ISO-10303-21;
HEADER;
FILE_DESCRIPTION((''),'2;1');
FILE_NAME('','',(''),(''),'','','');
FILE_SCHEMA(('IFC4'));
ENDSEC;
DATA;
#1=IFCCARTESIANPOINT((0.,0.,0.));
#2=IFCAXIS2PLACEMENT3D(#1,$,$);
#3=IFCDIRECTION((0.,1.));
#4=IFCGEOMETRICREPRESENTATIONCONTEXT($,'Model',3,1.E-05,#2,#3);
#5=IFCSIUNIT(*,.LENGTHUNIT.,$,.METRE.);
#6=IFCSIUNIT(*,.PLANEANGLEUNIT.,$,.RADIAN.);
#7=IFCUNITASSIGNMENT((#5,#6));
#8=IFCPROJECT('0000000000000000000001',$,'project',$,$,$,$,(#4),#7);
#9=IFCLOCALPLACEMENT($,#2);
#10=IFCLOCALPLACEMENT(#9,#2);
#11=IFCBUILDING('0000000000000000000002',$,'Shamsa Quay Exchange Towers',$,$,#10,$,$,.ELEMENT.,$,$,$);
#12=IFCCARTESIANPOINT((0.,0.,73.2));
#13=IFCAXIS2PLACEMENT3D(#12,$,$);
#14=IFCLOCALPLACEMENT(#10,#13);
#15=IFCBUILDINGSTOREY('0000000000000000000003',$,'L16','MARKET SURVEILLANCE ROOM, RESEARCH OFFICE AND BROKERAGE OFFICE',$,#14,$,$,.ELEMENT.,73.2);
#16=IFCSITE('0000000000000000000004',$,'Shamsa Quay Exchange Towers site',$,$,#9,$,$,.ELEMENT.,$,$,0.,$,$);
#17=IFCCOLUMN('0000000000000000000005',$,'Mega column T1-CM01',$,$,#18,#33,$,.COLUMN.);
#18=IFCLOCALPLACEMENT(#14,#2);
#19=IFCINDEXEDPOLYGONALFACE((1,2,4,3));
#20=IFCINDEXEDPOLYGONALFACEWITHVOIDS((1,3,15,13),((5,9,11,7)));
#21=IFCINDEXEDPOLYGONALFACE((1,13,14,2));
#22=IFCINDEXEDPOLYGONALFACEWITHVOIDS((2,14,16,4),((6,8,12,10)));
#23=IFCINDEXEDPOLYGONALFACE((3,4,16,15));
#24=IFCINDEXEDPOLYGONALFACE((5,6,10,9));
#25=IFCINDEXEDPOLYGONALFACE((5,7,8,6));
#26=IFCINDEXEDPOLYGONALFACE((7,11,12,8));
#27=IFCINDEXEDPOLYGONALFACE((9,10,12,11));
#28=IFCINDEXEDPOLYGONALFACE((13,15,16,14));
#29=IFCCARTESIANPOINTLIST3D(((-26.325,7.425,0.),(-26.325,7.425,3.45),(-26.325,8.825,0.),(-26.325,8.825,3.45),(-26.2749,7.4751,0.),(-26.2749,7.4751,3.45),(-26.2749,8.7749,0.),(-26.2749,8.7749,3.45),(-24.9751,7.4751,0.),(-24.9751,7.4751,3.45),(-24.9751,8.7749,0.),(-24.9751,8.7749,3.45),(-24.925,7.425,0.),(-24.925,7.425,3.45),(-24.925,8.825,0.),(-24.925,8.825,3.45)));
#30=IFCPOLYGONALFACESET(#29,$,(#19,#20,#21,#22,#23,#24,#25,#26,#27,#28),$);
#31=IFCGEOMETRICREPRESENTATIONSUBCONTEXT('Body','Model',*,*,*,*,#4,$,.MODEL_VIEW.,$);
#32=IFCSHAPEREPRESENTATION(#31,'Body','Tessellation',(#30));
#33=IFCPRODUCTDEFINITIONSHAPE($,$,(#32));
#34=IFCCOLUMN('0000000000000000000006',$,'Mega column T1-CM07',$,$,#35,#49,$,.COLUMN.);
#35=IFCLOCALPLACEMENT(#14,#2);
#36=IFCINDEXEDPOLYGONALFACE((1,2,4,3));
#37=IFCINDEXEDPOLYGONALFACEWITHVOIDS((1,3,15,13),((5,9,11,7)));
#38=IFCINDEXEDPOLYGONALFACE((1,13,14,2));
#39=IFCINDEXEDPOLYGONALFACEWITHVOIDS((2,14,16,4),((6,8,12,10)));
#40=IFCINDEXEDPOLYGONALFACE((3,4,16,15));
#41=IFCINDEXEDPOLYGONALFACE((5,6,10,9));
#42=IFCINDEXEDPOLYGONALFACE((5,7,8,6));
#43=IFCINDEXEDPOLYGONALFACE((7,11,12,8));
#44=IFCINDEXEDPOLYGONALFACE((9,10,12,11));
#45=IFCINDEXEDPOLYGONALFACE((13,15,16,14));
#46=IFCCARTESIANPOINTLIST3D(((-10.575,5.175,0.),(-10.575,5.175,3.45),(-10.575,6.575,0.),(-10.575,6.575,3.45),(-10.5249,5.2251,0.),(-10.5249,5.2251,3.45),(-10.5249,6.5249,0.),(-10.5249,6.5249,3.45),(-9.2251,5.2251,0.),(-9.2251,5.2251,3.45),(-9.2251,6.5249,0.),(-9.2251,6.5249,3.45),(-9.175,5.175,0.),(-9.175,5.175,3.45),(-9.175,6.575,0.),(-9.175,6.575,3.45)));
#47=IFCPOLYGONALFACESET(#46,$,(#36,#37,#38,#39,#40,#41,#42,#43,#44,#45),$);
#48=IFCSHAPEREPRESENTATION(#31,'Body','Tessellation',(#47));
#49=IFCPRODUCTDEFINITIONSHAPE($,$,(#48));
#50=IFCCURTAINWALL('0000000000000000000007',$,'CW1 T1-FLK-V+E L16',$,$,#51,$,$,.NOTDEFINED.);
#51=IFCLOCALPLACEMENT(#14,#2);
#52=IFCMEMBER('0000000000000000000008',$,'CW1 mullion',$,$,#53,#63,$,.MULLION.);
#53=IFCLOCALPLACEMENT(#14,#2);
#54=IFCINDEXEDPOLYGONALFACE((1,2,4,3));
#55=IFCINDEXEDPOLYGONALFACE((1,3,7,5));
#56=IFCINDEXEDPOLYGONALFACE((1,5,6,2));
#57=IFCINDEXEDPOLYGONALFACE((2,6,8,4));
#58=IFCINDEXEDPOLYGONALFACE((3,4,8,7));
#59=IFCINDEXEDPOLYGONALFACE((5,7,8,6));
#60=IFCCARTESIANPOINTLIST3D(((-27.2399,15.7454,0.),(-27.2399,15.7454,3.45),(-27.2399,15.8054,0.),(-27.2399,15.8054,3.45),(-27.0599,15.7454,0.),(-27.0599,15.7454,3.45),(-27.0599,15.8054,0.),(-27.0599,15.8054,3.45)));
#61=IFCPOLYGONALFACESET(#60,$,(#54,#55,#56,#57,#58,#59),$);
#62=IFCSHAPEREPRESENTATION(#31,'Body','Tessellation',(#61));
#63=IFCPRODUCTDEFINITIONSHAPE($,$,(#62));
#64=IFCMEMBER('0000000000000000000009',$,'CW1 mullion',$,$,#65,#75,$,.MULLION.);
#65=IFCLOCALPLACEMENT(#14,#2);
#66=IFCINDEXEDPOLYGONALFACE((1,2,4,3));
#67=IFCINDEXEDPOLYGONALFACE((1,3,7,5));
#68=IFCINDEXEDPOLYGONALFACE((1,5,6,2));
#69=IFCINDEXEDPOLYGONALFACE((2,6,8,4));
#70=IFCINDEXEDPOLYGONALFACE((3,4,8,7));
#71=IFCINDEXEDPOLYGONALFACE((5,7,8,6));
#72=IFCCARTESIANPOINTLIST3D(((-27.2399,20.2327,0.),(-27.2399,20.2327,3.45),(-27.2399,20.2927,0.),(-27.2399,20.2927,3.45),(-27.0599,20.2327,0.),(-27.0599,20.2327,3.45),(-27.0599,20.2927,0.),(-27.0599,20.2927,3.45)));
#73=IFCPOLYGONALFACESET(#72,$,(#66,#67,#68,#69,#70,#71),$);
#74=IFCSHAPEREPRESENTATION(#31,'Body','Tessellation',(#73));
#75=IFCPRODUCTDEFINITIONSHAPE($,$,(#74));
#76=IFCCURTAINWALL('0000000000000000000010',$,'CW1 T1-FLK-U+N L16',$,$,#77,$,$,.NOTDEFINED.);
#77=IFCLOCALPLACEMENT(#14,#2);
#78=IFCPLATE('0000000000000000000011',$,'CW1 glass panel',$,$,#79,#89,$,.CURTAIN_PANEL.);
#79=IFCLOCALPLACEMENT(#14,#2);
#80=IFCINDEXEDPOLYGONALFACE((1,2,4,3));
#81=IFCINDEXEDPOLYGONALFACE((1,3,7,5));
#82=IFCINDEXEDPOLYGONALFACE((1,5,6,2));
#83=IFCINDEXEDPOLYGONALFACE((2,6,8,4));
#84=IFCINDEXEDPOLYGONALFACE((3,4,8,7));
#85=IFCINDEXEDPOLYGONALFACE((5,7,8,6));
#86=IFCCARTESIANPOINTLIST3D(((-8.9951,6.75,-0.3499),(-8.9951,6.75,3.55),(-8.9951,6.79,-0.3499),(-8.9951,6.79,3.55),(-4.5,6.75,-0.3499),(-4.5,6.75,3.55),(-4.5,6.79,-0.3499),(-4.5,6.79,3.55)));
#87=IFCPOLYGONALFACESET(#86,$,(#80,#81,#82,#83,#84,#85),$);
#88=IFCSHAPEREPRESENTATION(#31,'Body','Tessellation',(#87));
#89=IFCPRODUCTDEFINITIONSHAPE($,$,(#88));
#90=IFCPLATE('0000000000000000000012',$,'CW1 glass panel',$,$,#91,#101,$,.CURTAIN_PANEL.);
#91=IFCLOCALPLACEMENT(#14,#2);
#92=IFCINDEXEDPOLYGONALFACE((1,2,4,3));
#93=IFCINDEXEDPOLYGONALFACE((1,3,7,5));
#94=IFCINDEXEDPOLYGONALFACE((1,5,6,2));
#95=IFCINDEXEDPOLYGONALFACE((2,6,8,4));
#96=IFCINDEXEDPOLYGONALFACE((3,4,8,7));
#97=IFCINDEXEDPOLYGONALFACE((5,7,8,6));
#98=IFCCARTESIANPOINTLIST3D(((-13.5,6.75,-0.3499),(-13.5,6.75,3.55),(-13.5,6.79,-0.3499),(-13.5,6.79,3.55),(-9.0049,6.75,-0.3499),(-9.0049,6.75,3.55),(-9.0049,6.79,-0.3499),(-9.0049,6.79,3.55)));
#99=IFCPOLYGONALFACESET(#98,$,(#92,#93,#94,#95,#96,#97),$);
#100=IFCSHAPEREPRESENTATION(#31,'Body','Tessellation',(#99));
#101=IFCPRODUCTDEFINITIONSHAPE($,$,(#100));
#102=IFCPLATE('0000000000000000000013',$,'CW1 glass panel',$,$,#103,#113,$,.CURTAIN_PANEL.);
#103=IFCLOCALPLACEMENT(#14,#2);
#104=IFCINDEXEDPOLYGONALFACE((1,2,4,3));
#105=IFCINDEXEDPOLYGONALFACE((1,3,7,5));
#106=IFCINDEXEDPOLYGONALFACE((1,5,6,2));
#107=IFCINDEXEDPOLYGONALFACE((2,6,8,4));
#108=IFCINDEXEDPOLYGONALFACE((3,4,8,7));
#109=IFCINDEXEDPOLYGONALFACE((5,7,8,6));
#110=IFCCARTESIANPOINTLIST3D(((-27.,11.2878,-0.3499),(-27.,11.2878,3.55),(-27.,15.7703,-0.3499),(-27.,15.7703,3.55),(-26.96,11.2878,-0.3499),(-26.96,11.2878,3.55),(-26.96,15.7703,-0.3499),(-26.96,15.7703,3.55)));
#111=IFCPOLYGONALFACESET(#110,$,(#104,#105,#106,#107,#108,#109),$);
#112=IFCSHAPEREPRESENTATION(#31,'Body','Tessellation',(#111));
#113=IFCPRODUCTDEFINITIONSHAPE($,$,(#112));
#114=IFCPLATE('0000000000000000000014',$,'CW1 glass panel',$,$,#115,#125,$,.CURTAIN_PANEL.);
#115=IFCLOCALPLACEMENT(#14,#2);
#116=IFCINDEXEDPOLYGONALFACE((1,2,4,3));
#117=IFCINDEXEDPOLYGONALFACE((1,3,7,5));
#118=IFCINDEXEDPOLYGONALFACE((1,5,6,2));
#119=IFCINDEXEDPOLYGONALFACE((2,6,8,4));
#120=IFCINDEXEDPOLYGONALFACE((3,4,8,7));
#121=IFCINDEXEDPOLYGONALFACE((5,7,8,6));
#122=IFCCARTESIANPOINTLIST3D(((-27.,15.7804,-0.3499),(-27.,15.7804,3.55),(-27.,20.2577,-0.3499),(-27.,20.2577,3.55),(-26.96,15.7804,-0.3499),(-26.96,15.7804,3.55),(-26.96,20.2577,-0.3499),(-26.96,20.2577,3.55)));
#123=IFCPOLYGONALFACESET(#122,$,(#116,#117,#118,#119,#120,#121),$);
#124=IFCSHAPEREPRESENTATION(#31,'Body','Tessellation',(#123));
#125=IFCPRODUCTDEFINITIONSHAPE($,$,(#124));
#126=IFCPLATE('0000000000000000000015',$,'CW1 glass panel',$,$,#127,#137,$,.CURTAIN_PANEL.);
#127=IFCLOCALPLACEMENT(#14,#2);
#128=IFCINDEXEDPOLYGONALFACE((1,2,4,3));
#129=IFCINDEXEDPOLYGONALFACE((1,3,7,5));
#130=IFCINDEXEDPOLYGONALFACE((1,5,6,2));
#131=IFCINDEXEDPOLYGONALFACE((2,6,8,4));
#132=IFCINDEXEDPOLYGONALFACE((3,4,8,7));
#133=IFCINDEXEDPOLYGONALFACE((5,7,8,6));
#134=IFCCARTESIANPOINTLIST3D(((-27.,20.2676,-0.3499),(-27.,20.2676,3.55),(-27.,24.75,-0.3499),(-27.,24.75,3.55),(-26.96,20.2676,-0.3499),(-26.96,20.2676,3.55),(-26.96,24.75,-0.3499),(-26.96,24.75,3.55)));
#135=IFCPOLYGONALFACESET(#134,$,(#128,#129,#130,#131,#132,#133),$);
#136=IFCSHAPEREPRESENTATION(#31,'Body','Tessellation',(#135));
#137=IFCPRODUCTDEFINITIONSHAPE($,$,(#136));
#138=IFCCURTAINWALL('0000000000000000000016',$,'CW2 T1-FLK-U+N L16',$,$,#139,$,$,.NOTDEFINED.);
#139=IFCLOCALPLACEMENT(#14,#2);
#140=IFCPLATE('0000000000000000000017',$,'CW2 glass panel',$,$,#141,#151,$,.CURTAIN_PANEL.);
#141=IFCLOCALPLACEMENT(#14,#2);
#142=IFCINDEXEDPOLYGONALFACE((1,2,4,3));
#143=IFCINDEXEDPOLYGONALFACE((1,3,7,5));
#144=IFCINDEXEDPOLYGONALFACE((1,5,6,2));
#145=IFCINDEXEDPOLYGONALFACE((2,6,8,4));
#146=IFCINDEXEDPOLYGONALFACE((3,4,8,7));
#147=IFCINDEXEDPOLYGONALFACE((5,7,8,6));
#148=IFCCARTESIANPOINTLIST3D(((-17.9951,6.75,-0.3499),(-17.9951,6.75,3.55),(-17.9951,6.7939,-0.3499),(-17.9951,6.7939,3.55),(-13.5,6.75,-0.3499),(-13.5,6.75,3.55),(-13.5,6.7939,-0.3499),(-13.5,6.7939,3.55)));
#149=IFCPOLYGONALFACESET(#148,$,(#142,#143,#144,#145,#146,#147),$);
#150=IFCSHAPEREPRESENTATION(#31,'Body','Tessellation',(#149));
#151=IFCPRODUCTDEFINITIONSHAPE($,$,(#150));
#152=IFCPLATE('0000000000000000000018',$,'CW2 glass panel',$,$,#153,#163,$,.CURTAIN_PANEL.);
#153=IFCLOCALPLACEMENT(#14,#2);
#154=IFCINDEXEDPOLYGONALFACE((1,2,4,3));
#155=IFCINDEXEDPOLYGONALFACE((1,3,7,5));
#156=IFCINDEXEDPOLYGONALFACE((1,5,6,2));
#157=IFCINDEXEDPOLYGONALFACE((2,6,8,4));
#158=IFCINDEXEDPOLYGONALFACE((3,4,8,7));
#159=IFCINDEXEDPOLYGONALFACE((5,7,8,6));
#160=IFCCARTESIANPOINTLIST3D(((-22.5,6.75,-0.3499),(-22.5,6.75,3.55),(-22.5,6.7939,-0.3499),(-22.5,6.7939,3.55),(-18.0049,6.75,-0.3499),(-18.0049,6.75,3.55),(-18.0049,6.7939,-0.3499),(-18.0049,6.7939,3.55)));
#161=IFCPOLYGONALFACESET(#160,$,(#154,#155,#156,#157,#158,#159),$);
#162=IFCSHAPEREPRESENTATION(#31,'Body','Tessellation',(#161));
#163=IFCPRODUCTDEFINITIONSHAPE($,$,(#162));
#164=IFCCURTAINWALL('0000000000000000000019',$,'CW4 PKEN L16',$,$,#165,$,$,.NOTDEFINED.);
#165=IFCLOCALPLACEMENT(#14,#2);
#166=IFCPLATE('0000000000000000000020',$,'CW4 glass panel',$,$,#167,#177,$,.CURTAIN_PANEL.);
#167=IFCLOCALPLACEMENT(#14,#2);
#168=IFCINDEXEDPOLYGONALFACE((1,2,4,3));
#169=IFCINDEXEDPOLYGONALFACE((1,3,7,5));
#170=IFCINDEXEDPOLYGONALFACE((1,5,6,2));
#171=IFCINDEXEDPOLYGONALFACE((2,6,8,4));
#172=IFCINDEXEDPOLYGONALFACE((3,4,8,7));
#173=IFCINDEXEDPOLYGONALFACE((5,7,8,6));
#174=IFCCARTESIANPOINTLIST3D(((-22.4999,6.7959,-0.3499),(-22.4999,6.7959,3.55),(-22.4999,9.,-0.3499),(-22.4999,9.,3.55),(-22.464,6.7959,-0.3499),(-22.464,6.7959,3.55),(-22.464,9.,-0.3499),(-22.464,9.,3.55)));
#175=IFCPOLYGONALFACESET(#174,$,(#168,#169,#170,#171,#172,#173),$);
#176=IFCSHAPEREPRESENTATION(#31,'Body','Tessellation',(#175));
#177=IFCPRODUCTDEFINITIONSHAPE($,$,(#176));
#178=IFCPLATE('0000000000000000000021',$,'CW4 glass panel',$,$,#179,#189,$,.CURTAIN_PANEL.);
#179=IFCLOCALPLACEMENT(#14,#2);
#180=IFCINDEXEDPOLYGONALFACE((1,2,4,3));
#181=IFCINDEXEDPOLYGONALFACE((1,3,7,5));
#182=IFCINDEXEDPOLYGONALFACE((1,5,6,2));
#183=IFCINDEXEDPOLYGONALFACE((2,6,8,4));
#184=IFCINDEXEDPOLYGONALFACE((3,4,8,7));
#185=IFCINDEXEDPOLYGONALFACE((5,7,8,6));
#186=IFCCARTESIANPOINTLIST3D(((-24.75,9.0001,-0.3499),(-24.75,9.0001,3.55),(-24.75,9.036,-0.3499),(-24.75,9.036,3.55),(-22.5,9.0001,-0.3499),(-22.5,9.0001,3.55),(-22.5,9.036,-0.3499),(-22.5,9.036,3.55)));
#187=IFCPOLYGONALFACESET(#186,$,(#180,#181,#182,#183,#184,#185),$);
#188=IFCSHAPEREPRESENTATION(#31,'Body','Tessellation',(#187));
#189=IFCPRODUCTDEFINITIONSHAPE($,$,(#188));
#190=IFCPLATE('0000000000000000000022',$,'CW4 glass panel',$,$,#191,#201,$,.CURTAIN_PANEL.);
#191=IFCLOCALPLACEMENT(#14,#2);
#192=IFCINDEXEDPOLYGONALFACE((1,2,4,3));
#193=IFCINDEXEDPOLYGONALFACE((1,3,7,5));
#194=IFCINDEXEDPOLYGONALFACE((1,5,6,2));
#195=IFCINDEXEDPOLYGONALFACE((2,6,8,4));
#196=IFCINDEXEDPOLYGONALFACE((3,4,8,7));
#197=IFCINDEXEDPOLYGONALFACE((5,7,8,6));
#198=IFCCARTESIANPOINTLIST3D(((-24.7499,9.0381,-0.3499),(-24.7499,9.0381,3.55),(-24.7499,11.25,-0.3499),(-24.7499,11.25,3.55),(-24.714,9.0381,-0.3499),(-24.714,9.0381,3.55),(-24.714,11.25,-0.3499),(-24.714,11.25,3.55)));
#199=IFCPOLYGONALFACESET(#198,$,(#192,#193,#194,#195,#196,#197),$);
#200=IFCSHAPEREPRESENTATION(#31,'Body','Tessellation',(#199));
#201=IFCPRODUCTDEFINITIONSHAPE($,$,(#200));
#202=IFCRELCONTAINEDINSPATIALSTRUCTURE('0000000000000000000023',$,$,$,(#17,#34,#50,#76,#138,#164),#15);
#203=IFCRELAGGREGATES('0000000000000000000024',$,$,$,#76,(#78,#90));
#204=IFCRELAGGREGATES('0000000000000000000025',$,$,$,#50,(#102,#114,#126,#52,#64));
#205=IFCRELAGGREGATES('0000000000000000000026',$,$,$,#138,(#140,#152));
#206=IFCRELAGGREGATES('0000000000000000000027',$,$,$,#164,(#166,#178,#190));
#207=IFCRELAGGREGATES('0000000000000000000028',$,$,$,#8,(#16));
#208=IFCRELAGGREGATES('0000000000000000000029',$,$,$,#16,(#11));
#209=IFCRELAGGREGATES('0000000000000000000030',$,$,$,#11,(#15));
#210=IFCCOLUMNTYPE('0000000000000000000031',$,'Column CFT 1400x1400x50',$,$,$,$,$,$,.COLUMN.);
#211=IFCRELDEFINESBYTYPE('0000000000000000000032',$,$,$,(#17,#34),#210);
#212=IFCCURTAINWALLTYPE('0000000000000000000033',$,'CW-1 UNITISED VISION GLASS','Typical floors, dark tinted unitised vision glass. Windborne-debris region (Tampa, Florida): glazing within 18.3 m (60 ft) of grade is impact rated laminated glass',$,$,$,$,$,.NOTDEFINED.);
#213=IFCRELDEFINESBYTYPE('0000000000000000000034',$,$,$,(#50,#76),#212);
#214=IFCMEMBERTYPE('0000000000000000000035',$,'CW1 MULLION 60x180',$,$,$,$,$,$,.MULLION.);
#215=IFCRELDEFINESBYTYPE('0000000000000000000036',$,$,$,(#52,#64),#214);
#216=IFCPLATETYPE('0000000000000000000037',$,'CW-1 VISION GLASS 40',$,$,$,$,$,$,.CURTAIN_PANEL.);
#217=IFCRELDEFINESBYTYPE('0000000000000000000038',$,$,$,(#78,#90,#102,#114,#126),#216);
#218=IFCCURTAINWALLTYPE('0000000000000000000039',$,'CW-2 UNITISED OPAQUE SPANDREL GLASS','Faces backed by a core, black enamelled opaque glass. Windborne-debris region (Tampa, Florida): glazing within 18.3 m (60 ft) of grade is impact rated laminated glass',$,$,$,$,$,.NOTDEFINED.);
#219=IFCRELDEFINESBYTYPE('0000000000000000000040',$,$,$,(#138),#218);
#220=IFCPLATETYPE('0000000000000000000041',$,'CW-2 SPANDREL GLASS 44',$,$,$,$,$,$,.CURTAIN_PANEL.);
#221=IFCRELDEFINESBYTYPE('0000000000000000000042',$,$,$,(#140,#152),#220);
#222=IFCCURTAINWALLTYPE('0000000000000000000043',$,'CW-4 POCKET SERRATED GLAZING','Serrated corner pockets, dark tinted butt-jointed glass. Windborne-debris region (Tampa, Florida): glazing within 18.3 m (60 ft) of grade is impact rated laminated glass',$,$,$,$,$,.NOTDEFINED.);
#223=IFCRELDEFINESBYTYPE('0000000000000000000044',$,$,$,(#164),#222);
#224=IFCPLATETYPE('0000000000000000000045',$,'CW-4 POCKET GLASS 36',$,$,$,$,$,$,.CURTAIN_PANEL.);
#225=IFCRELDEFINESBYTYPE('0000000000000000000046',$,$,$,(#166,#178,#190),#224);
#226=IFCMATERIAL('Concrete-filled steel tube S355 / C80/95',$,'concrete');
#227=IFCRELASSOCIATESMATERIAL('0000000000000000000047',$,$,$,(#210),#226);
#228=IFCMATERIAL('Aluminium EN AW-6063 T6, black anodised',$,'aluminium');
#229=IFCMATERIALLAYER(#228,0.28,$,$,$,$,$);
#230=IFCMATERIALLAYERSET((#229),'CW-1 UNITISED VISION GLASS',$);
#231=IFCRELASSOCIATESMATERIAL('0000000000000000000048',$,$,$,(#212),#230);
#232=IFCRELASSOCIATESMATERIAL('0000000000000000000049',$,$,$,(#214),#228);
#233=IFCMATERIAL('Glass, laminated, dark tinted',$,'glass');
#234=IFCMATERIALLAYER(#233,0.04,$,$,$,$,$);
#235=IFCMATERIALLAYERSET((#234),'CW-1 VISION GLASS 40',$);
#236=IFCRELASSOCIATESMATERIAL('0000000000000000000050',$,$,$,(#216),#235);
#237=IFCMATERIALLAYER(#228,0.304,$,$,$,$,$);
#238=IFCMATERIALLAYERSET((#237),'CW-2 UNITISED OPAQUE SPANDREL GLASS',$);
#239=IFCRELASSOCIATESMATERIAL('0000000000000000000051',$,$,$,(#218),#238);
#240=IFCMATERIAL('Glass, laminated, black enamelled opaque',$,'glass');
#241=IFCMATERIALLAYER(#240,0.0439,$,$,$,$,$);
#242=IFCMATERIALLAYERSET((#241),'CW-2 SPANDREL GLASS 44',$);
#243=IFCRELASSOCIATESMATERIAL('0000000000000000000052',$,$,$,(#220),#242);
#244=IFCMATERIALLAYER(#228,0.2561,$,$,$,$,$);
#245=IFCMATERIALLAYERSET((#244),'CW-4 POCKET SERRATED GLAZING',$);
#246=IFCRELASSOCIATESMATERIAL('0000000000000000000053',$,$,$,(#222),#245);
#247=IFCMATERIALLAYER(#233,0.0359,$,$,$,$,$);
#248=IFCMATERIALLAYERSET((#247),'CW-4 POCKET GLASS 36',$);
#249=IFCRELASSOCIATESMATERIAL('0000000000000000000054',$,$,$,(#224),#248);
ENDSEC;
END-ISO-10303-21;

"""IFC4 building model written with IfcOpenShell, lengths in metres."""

from ifc_helpers import new_model, si_unit, direction, frame, origin, origin_2d, place, context, subcontext, project, spatial, rectangle, hollow_rectangle, extrude, material, layer, layer_set, material_profile, profile_set, type_object, element, aggregate, save


model = new_model("IFC4")

# Units and contexts
model_context = context("Model", 3, precision=1e-05, world=origin(), true_north=direction((0.0, 1.0)))
body_context = subcontext(model_context, "Body", "Model", "MODEL_VIEW")
ifc_project = project(units=[si_unit("LENGTHUNIT", "METRE"), si_unit("PLANEANGLEUNIT", "RADIAN")], contexts=[model_context])

# Site, building, storey
site_placement = place(None, origin())
site = spatial("IfcSite", under=ifc_project, at=site_placement, Name="Shamsa Quay Exchange Towers site", CompositionType="ELEMENT", RefElevation=0.0)
building_placement = place(site_placement, origin())
building = spatial("IfcBuilding", under=site, at=building_placement, Name="Shamsa Quay Exchange Towers", CompositionType="ELEMENT")
storey_placement = place(building_placement, frame((0.0, 0.0, 73.2)))
storey = spatial("IfcBuildingStorey", under=building, at=storey_placement, Name="L16", Description="MARKET SURVEILLANCE ROOM, RESEARCH OFFICE AND BROKERAGE OFFICE", CompositionType="ELEMENT", Elevation=73.2)

# Columns
ifc_material_1 = material(Name="Concrete-filled steel tube S355 / C80/95", Category="concrete")
ifc_material_profile_1 = material_profile(ifc_material_1, hollow_rectangle(XDim=1.3999, YDim=1.3999, WallThickness=0.05, at=origin_2d()), Name="CFT 1400x1400x50")
ifc_profile_set_1 = profile_set([ifc_material_profile_1], Name="Concrete-filled steel tube S355 / C80/95")
column_type = type_object("IfcColumnType", Name="Column CFT 1400x1400x50", PredefinedType="COLUMN", material=ifc_profile_set_1)
for number, where, name in (
    (1, (-25.625, 8.125, 0.0), "Mega column T1-CM01"),
    (2, (-9.875, 5.875, 0.0), "Mega column T1-CM07"),
):
    element("IfcColumn", number, at=place(storey_placement, frame(where)), inside=storey, type_object=column_type, Name=name, PredefinedType="COLUMN", context=body_context, shape_type="SweptSolid", body=[
        extrude(hollow_rectangle(XDim=1.3999, YDim=1.3999, WallThickness=0.05, at=origin_2d()), origin(), (0.0, 0.0, 1.0), 3.45),
    ])

# Curtain wall, members
ifc_material_2 = material(Name="Aluminium EN AW-6063 T6, black anodised", Category="aluminium")
ifc_layer_1 = layer(ifc_material_2, 0.28)
ifc_layer_set_1 = layer_set([ifc_layer_1], Name="CW-1 UNITISED VISION GLASS")
curtain_wall_type_1 = type_object("IfcCurtainWallType", Name="CW-1 UNITISED VISION GLASS", Description="Typical floors, dark tinted unitised vision glass. Windborne-debris region (Tampa, Florida): glazing within 18.3 m (60 ft) of grade is impact rated laminated glass", PredefinedType="NOTDEFINED", material=ifc_layer_set_1)
curtain_wall_1_placement = place(storey_placement, origin())
curtain_wall_1 = element("IfcCurtainWall", 3, at=curtain_wall_1_placement, inside=storey, type_object=curtain_wall_type_1, Name="CW1 T1-FLK-V+E L16", PredefinedType="NOTDEFINED")
ifc_material_profile_2 = material_profile(ifc_material_2, rectangle(XDim=0.1799, YDim=0.0601, at=origin_2d()), Name="MU60x180")
ifc_profile_set_2 = profile_set([ifc_material_profile_2], Name="Aluminium EN AW-6063 T6, black anodised")
member_type = type_object("IfcMemberType", Name="CW1 MULLION 60x180", PredefinedType="MULLION", material=ifc_profile_set_2)
member_1_placement = place(storey_placement, frame((-27.1499, 15.7754, 0.0), z_axis=(0.0, 0.0, 1.0), x_axis=(-1.0, 0.0, 0.0)))
member_1 = element("IfcMember", 4, at=member_1_placement, type_object=member_type, Name="CW1 mullion", PredefinedType="MULLION", context=body_context, shape_type="SweptSolid", body=[
    extrude(rectangle(XDim=0.1799, YDim=0.0601, at=origin_2d()), origin(), (0.0, 0.0, 1.0), 3.45),
])
member_2_placement = place(storey_placement, frame((-27.1499, 20.2627, 0.0), z_axis=(0.0, 0.0, 1.0), x_axis=(-1.0, 0.0, 0.0)))
member_2 = element("IfcMember", 5, at=member_2_placement, type_object=member_type, Name="CW1 mullion", PredefinedType="MULLION", context=body_context, shape_type="SweptSolid", body=[
    extrude(rectangle(XDim=0.1799, YDim=0.0601, at=origin_2d()), origin(), (0.0, 0.0, 1.0), 3.45),
])

# Curtain wall, plates
curtain_wall_2_placement = place(storey_placement, origin())
curtain_wall_2 = element("IfcCurtainWall", 6, at=curtain_wall_2_placement, inside=storey, type_object=curtain_wall_type_1, Name="CW1 T1-FLK-U+N L16", PredefinedType="NOTDEFINED")
ifc_material_3 = material(Name="Glass, laminated, dark tinted", Category="glass")
ifc_layer_2 = layer(ifc_material_3, 0.04)
ifc_layer_set_2 = layer_set([ifc_layer_2], Name="CW-1 VISION GLASS 40")
plate_type_1 = type_object("IfcPlateType", Name="CW-1 VISION GLASS 40", PredefinedType="CURTAIN_PANEL", material=ifc_layer_set_2)
plate_1_placement = place(storey_placement, frame((-6.7476, 6.77, -0.3499), z_axis=(0.0, 0.0, 1.0), x_axis=(-1.0, 0.0, 0.0)))
plate_1 = element("IfcPlate", 7, at=plate_1_placement, type_object=plate_type_1, Name="CW1 glass panel", PredefinedType="CURTAIN_PANEL", context=body_context, shape_type="SweptSolid", body=[
    extrude(rectangle(XDim=4.4951, YDim=0.04, at=origin_2d()), origin(), (0.0, 0.0, 1.0), 3.8999),
])
plate_2_placement = place(storey_placement, frame((-11.2524, 6.77, -0.3499), z_axis=(0.0, 0.0, 1.0), x_axis=(-1.0, 0.0, 0.0)))
plate_2 = element("IfcPlate", 8, at=plate_2_placement, type_object=plate_type_1, Name="CW1 glass panel", PredefinedType="CURTAIN_PANEL", context=body_context, shape_type="SweptSolid", body=[
    extrude(rectangle(XDim=4.4951, YDim=0.04, at=origin_2d()), origin(), (0.0, 0.0, 1.0), 3.8999),
])
aggregate(curtain_wall_2, [plate_1, plate_2])

# Plates
plate_3_placement = place(storey_placement, frame((-26.98, 13.5291, -0.3499), z_axis=(0.0, 0.0, 1.0), x_axis=(0.0, 1.0, 0.0)))
plate_3 = element("IfcPlate", 9, at=plate_3_placement, type_object=plate_type_1, Name="CW1 glass panel", PredefinedType="CURTAIN_PANEL", context=body_context, shape_type="SweptSolid", body=[
    extrude(rectangle(XDim=4.4824, YDim=0.04, at=origin_2d()), origin(), (0.0, 0.0, 1.0), 3.8999),
])
plate_4_placement = place(storey_placement, frame((-26.98, 18.019, -0.3499), z_axis=(0.0, 0.0, 1.0), x_axis=(0.0, 1.0, 0.0)))
plate_4 = element("IfcPlate", 10, at=plate_4_placement, type_object=plate_type_1, Name="CW1 glass panel", PredefinedType="CURTAIN_PANEL", context=body_context, shape_type="SweptSolid", body=[
    extrude(rectangle(XDim=4.4773, YDim=0.04, at=origin_2d()), origin(), (0.0, 0.0, 1.0), 3.8999),
])
plate_5_placement = place(storey_placement, frame((-26.98, 22.5088, -0.3499), z_axis=(0.0, 0.0, 1.0), x_axis=(0.0, 1.0, 0.0)))
plate_5 = element("IfcPlate", 11, at=plate_5_placement, type_object=plate_type_1, Name="CW1 glass panel", PredefinedType="CURTAIN_PANEL", context=body_context, shape_type="SweptSolid", body=[
    extrude(rectangle(XDim=4.4824, YDim=0.04, at=origin_2d()), origin(), (0.0, 0.0, 1.0), 3.8999),
])
aggregate(curtain_wall_1, [plate_3, plate_4, plate_5, member_1, member_2])

# Curtain walls, plates
ifc_layer_3 = layer(ifc_material_2, 0.304)
ifc_layer_set_3 = layer_set([ifc_layer_3], Name="CW-2 UNITISED OPAQUE SPANDREL GLASS")
curtain_wall_type_2 = type_object("IfcCurtainWallType", Name="CW-2 UNITISED OPAQUE SPANDREL GLASS", Description="Faces backed by a core, black enamelled opaque glass. Windborne-debris region (Tampa, Florida): glazing within 18.3 m (60 ft) of grade is impact rated laminated glass", PredefinedType="NOTDEFINED", material=ifc_layer_set_3)
curtain_wall_3_placement = place(storey_placement, origin())
curtain_wall_3 = element("IfcCurtainWall", 12, at=curtain_wall_3_placement, inside=storey, type_object=curtain_wall_type_2, Name="CW2 T1-FLK-U+N L16", PredefinedType="NOTDEFINED")
ifc_material_4 = material(Name="Glass, laminated, black enamelled opaque", Category="glass")
ifc_layer_4 = layer(ifc_material_4, 0.0439)
ifc_layer_set_4 = layer_set([ifc_layer_4], Name="CW-2 SPANDREL GLASS 44")
plate_type_2 = type_object("IfcPlateType", Name="CW-2 SPANDREL GLASS 44", PredefinedType="CURTAIN_PANEL", material=ifc_layer_set_4)
plate_6_placement = place(storey_placement, frame((-15.7476, 6.772, -0.3499), z_axis=(0.0, 0.0, 1.0), x_axis=(-1.0, 0.0, 0.0)))
plate_6 = element("IfcPlate", 13, at=plate_6_placement, type_object=plate_type_2, Name="CW2 glass panel", PredefinedType="CURTAIN_PANEL", context=body_context, shape_type="SweptSolid", body=[
    extrude(rectangle(XDim=4.4951, YDim=0.0439, at=origin_2d()), origin(), (0.0, 0.0, 1.0), 3.8999),
])
plate_7_placement = place(storey_placement, frame((-20.2524, 6.772, -0.3499), z_axis=(0.0, 0.0, 1.0), x_axis=(-1.0, 0.0, 0.0)))
plate_7 = element("IfcPlate", 14, at=plate_7_placement, type_object=plate_type_2, Name="CW2 glass panel", PredefinedType="CURTAIN_PANEL", context=body_context, shape_type="SweptSolid", body=[
    extrude(rectangle(XDim=4.4951, YDim=0.0439, at=origin_2d()), origin(), (0.0, 0.0, 1.0), 3.8999),
])
aggregate(curtain_wall_3, [plate_6, plate_7])
ifc_layer_5 = layer(ifc_material_2, 0.2561)
ifc_layer_set_5 = layer_set([ifc_layer_5], Name="CW-4 POCKET SERRATED GLAZING")
curtain_wall_type_3 = type_object("IfcCurtainWallType", Name="CW-4 POCKET SERRATED GLAZING", Description="Serrated corner pockets, dark tinted butt-jointed glass. Windborne-debris region (Tampa, Florida): glazing within 18.3 m (60 ft) of grade is impact rated laminated glass", PredefinedType="NOTDEFINED", material=ifc_layer_set_5)
curtain_wall_4_placement = place(storey_placement, origin())
curtain_wall_4 = element("IfcCurtainWall", 15, at=curtain_wall_4_placement, inside=storey, type_object=curtain_wall_type_3, Name="CW4 PKEN L16", PredefinedType="NOTDEFINED")
ifc_layer_6 = layer(ifc_material_3, 0.0359)
ifc_layer_set_6 = layer_set([ifc_layer_6], Name="CW-4 POCKET GLASS 36")
plate_type_3 = type_object("IfcPlateType", Name="CW-4 POCKET GLASS 36", PredefinedType="CURTAIN_PANEL", material=ifc_layer_set_6)
plate_8_placement = place(storey_placement, frame((-22.4819, 7.8979, -0.3499), z_axis=(0.0, 0.0, 1.0), x_axis=(0.0, 1.0, 0.0)))
plate_8 = element("IfcPlate", 16, at=plate_8_placement, type_object=plate_type_3, Name="CW4 glass panel", PredefinedType="CURTAIN_PANEL", context=body_context, shape_type="SweptSolid", body=[
    extrude(rectangle(XDim=2.2041, YDim=0.0359, at=origin_2d()), origin(), (0.0, 0.0, 1.0), 3.8999),
])
plate_9_placement = place(storey_placement, frame((-23.625, 9.0181, -0.3499), z_axis=(0.0, 0.0, 1.0), x_axis=(-1.0, 0.0, 0.0)))
plate_9 = element("IfcPlate", 17, at=plate_9_placement, type_object=plate_type_3, Name="CW4 glass panel", PredefinedType="CURTAIN_PANEL", context=body_context, shape_type="SweptSolid", body=[
    extrude(rectangle(XDim=2.25, YDim=0.0359, at=origin_2d()), origin(), (0.0, 0.0, 1.0), 3.8999),
])
plate_10_placement = place(storey_placement, frame((-24.7319, 10.144, -0.3499), z_axis=(0.0, 0.0, 1.0), x_axis=(0.0, 1.0, 0.0)))
plate_10 = element("IfcPlate", 18, at=plate_10_placement, type_object=plate_type_3, Name="CW4 glass panel", PredefinedType="CURTAIN_PANEL", context=body_context, shape_type="SweptSolid", body=[
    extrude(rectangle(XDim=2.2119, YDim=0.0359, at=origin_2d()), origin(), (0.0, 0.0, 1.0), 3.8999),
])
aggregate(curtain_wall_4, [plate_8, plate_9, plate_10])

save(model, "model.ifc")
